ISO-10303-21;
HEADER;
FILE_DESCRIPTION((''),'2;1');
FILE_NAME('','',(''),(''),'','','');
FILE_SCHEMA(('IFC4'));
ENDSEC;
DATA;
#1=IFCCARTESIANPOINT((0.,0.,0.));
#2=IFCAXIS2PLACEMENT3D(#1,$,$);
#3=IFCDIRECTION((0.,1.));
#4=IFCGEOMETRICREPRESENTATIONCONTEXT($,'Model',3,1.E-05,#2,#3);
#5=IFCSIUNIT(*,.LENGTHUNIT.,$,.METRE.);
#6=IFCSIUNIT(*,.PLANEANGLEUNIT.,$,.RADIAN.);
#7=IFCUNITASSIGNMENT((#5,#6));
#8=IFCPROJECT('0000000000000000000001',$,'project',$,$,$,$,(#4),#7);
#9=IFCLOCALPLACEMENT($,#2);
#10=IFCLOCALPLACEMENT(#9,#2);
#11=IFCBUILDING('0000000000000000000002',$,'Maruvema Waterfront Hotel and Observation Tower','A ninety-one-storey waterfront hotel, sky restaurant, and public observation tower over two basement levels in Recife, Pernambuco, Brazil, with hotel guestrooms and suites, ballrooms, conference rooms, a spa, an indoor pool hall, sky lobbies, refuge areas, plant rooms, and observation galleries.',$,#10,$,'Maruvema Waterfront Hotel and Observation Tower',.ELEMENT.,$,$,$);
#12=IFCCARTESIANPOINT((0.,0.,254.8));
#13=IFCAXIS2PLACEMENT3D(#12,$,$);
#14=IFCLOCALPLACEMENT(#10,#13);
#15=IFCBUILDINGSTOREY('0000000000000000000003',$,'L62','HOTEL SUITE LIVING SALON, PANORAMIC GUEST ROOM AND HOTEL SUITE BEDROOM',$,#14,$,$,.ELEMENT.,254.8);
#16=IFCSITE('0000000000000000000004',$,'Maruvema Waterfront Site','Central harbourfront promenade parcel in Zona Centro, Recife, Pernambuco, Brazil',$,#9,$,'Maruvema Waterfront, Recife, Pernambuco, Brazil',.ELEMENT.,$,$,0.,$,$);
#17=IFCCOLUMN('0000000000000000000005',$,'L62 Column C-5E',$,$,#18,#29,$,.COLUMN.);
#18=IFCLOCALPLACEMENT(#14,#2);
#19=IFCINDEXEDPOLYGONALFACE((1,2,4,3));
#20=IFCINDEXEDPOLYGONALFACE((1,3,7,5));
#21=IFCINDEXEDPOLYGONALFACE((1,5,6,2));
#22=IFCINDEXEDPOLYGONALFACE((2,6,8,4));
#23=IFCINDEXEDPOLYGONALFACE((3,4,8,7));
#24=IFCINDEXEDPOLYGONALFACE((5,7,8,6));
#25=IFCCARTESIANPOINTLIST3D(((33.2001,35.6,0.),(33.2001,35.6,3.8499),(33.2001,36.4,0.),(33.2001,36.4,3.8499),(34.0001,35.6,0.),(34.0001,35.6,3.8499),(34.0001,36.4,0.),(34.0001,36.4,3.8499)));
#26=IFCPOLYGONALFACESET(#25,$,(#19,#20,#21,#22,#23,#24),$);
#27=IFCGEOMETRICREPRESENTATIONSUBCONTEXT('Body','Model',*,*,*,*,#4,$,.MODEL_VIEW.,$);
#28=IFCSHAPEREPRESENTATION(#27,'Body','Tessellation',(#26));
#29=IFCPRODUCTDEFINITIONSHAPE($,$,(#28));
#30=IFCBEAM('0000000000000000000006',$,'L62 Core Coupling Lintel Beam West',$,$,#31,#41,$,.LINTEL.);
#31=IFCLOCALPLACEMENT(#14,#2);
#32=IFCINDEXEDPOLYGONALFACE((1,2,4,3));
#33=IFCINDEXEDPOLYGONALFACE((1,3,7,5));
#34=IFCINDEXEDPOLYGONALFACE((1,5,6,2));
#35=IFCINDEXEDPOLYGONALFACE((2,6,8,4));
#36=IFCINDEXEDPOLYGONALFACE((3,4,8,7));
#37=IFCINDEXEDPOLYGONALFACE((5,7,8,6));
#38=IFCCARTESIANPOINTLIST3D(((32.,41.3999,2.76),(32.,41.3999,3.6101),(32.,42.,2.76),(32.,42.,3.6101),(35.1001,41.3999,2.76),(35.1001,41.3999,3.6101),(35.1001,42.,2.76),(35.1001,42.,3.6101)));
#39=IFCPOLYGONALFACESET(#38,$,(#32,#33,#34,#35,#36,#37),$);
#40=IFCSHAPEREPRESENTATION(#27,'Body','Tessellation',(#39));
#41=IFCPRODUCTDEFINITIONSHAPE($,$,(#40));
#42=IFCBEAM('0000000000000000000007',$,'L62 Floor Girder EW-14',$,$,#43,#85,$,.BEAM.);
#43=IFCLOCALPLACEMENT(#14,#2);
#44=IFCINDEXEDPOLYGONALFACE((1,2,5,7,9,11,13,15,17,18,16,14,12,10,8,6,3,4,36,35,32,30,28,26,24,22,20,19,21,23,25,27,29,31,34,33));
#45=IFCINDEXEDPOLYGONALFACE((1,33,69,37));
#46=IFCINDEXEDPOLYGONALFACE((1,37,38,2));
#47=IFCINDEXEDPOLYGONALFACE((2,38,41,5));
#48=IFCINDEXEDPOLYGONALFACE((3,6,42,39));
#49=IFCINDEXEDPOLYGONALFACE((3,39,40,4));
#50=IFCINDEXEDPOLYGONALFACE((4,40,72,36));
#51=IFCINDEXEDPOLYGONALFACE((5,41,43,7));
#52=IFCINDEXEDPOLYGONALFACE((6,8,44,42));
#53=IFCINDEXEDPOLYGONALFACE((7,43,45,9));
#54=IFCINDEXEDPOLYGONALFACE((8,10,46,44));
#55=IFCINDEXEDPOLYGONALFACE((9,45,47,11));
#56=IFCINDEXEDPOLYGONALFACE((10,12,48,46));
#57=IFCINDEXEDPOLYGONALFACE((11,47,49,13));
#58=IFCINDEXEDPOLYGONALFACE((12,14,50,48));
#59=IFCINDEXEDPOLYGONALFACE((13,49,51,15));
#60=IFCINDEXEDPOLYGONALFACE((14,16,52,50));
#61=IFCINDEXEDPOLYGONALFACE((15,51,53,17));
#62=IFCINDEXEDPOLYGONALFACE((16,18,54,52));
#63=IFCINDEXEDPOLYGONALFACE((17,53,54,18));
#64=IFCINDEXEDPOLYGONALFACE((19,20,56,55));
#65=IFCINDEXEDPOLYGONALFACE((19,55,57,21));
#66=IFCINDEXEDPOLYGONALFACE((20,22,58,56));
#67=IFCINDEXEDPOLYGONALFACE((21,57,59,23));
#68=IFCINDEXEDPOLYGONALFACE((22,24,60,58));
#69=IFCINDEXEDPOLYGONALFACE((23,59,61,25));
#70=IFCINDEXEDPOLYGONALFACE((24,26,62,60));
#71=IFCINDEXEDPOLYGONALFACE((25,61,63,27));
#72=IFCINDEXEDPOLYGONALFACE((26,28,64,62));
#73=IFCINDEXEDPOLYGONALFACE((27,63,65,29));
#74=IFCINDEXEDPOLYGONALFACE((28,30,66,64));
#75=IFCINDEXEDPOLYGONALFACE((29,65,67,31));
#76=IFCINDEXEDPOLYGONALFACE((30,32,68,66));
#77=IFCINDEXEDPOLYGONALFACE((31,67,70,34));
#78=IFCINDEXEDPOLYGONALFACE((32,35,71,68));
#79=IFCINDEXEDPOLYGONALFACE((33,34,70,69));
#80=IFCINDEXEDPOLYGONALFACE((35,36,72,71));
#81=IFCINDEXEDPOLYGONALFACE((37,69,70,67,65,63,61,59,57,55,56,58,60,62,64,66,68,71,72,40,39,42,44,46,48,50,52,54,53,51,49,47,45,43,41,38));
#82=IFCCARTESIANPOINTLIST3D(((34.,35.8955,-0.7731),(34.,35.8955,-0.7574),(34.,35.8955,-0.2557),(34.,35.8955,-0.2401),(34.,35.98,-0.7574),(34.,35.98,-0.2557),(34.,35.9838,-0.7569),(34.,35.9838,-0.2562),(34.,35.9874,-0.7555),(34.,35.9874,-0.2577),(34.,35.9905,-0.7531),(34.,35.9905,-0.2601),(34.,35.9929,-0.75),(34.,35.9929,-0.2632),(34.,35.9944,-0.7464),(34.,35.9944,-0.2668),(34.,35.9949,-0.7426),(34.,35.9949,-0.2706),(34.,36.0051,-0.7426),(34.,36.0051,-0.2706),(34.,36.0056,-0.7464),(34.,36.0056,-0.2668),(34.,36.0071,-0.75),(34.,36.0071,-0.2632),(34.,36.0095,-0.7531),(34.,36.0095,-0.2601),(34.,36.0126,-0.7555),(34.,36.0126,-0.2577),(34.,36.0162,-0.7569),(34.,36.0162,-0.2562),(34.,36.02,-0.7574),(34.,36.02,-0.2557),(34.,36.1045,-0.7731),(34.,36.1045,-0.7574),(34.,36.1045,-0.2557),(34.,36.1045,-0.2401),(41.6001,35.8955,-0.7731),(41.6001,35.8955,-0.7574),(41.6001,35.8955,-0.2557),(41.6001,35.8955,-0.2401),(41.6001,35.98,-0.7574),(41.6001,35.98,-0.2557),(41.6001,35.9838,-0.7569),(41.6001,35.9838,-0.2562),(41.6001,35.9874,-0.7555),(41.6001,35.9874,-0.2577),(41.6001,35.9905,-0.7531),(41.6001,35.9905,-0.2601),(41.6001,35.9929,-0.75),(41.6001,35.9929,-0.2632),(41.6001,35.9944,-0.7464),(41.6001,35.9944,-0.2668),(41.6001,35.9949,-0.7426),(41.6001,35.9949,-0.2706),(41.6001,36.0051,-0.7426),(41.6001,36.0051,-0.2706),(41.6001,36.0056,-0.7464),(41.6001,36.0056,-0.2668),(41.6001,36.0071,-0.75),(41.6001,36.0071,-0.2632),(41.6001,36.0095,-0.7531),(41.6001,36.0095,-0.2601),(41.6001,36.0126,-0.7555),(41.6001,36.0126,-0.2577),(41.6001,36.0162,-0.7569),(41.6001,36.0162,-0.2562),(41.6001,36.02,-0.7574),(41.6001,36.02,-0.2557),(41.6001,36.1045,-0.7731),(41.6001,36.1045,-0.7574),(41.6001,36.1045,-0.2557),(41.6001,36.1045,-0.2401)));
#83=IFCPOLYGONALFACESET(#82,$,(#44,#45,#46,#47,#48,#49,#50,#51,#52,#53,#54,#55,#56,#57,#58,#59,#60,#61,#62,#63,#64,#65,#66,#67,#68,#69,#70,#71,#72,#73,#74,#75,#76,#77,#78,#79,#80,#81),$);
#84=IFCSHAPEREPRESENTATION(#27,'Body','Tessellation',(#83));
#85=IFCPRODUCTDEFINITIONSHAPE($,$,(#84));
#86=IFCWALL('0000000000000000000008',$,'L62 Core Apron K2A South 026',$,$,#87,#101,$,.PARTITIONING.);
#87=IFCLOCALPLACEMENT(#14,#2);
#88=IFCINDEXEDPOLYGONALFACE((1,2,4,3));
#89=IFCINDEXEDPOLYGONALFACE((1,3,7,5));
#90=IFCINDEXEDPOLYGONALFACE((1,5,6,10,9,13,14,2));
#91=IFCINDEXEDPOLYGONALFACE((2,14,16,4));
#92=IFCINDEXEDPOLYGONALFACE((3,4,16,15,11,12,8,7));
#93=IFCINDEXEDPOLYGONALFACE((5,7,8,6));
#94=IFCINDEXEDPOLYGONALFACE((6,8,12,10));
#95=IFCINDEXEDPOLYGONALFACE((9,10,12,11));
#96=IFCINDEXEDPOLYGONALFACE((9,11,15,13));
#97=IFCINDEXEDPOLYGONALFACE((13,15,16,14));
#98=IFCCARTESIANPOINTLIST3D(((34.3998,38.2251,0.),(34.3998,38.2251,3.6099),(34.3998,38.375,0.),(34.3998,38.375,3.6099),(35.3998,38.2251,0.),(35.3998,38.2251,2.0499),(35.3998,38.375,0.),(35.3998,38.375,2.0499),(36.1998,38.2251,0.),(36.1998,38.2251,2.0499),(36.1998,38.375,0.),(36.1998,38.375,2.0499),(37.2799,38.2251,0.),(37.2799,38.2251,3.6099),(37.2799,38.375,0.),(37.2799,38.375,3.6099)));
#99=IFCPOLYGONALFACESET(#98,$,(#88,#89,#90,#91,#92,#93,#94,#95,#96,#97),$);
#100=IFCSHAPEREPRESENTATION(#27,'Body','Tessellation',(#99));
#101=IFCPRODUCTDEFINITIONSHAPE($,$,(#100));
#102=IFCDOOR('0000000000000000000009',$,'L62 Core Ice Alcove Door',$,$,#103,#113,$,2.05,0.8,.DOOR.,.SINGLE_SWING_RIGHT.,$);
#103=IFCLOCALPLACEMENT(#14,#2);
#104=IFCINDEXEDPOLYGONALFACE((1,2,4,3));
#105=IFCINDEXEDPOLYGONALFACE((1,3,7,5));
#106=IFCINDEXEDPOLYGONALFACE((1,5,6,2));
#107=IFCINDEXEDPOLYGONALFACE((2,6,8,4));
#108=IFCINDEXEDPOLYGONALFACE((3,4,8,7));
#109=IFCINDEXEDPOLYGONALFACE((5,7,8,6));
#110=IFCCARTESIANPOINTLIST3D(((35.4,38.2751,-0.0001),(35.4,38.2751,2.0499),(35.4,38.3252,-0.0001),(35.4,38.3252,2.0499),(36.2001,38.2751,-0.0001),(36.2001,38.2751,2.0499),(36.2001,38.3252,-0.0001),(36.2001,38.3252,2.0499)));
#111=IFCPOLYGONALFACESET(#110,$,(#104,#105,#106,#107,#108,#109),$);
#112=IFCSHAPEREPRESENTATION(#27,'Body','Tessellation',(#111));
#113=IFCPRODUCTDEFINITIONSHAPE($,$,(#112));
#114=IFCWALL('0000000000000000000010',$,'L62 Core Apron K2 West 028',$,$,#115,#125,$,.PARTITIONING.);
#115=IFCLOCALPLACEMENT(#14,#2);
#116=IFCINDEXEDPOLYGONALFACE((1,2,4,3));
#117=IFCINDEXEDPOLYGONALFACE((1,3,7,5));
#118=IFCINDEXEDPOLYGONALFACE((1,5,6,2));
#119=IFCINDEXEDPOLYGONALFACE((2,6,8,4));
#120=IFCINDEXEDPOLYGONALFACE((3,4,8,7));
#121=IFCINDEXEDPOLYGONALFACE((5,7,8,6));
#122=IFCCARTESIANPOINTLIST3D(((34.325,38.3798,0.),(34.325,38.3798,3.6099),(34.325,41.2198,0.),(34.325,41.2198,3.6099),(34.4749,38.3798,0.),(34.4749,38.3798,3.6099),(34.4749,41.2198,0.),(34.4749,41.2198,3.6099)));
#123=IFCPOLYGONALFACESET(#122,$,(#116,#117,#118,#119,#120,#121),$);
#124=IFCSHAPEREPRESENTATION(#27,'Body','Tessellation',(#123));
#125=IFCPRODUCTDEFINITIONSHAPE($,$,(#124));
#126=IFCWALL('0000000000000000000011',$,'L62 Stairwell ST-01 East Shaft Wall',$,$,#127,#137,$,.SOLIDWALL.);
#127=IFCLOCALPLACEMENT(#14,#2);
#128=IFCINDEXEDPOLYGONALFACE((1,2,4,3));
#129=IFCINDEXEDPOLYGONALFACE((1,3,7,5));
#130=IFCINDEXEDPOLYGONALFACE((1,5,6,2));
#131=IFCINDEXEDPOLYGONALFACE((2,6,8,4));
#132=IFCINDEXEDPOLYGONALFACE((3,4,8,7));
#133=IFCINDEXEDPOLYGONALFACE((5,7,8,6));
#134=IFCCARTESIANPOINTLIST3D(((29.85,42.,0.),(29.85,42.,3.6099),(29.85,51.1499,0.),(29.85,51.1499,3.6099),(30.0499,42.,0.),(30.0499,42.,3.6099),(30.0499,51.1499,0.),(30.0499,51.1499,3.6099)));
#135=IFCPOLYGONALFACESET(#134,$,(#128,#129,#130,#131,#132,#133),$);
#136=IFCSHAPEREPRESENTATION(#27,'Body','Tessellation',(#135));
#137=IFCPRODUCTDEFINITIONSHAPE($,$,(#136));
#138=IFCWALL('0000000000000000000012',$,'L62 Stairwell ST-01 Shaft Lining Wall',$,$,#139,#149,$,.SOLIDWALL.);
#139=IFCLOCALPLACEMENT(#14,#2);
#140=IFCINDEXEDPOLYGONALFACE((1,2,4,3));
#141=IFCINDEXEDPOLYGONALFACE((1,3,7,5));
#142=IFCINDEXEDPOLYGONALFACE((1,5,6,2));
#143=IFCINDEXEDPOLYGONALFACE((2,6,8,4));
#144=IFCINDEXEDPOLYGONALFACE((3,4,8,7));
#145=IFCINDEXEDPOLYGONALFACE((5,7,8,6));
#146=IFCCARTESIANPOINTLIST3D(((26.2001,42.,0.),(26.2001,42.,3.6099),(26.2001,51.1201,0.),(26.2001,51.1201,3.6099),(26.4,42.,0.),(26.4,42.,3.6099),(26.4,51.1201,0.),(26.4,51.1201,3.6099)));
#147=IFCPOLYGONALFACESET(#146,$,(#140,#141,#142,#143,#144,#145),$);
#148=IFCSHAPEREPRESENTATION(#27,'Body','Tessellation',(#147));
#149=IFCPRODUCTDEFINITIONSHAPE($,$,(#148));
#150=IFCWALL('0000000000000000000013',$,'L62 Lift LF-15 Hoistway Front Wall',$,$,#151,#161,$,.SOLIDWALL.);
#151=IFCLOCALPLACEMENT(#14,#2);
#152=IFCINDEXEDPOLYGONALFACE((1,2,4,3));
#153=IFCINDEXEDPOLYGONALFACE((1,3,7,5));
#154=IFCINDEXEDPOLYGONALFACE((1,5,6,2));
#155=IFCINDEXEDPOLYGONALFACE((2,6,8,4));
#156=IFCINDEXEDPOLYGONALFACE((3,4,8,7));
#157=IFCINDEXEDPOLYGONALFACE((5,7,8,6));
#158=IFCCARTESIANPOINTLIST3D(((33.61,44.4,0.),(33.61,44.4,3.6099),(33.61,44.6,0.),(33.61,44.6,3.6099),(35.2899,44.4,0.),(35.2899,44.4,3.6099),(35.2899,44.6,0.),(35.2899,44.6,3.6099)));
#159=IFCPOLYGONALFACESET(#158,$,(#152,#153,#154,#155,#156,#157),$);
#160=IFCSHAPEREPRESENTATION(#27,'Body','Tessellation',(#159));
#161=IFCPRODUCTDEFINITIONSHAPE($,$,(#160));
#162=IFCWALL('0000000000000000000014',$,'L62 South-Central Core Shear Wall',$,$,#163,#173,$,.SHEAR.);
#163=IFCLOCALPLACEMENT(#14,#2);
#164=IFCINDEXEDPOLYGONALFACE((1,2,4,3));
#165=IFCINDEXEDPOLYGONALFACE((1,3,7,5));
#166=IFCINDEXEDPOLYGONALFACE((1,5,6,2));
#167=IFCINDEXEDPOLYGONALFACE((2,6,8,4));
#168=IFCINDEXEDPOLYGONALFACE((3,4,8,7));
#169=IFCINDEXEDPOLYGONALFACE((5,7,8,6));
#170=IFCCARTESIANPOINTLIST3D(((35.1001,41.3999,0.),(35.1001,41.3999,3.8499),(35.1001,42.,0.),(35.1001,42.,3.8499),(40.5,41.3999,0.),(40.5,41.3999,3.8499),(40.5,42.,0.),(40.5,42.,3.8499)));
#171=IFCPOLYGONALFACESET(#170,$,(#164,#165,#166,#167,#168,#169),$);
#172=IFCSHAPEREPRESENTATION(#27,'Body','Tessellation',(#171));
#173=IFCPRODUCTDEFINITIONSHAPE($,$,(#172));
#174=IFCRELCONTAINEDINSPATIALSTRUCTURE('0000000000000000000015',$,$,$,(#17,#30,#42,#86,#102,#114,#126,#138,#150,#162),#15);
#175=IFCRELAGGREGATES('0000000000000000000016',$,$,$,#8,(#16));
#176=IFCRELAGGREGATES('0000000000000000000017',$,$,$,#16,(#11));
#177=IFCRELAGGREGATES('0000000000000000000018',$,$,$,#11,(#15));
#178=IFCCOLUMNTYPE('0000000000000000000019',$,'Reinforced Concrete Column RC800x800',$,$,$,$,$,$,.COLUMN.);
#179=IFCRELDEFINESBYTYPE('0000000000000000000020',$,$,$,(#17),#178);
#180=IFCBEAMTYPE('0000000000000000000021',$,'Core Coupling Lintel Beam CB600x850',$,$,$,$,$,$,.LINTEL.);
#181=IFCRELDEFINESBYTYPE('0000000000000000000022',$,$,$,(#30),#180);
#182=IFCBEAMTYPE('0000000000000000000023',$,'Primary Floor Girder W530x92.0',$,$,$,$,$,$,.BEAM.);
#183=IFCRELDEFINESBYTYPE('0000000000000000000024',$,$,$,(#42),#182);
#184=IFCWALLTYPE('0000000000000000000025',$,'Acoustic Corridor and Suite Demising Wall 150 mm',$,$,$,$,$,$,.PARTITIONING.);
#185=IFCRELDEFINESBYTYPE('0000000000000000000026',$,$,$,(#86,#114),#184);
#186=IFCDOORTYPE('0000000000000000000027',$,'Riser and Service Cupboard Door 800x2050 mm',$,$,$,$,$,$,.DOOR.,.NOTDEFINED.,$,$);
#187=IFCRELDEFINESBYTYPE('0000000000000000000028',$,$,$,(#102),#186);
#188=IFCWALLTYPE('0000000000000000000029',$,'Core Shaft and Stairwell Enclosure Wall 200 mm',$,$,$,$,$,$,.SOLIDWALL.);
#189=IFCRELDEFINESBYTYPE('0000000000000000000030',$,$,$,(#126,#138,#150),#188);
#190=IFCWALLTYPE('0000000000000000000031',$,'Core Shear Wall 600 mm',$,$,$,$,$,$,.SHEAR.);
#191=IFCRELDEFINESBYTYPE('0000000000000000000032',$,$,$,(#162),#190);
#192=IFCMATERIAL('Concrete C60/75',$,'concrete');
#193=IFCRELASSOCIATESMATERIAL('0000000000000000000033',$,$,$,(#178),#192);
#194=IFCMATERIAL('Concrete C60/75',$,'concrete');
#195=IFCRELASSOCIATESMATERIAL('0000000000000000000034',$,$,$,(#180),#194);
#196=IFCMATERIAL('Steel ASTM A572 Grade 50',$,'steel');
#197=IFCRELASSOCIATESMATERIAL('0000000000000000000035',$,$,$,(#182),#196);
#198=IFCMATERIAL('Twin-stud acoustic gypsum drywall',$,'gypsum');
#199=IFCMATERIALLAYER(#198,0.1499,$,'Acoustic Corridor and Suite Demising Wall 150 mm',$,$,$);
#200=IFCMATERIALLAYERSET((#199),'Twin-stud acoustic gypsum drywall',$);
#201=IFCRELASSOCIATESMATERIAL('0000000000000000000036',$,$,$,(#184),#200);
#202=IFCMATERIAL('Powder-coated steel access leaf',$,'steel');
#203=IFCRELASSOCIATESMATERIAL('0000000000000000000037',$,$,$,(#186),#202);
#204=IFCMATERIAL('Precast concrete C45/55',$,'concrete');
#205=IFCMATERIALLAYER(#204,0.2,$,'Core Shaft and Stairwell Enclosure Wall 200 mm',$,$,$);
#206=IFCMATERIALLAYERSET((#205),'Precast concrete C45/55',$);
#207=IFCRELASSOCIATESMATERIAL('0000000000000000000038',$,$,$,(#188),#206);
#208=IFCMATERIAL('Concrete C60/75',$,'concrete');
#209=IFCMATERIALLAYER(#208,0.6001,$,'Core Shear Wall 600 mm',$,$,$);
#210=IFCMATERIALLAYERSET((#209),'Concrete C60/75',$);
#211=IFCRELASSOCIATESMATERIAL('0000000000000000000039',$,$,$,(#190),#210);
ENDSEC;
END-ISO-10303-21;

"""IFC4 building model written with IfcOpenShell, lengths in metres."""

from ifc_helpers import new_model, si_unit, direction, frame, frame_2d, origin, origin_2d, place, context, subcontext, project, spatial, rectangle, i_section, extrude, material, layer, layer_set, material_profile, profile_set, type_object, element, fill, save


model = new_model("IFC4")

# Units and contexts
model_context = context("Model", 3, precision=1e-05, world=origin(), true_north=direction((0.0, 1.0)))
body_context = subcontext(model_context, "Body", "Model", "MODEL_VIEW")
ifc_project = project(units=[si_unit("LENGTHUNIT", "METRE"), si_unit("PLANEANGLEUNIT", "RADIAN")], contexts=[model_context])

# Site, building, storey
site_placement = place(None, origin())
site = spatial("IfcSite", under=ifc_project, at=site_placement, Name="Maruvema Waterfront Site", Description="Central harbourfront promenade parcel in Zona Centro, Recife, Pernambuco, Brazil", LongName="Maruvema Waterfront, Recife, Pernambuco, Brazil", CompositionType="ELEMENT", RefElevation=0.0)
building_placement = place(site_placement, origin())
building = spatial("IfcBuilding", under=site, at=building_placement, Name="Maruvema Waterfront Hotel and Observation Tower", Description="A ninety-one-storey waterfront hotel, sky restaurant, and public observation tower over two basement levels in Recife, Pernambuco, Brazil, with hotel guestrooms and suites, ballrooms, conference rooms, a spa, an indoor pool hall, sky lobbies, refuge areas, plant rooms, and observation galleries.", LongName="Maruvema Waterfront Hotel and Observation Tower", CompositionType="ELEMENT")
storey_placement = place(building_placement, frame((0.0, 0.0, 254.8)))
storey = spatial("IfcBuildingStorey", under=building, at=storey_placement, Name="L62", Description="HOTEL SUITE LIVING SALON, PANORAMIC GUEST ROOM AND HOTEL SUITE BEDROOM", CompositionType="ELEMENT", Elevation=254.8)

# Column
ifc_material_1 = material(Name="Concrete C60/75", Category="concrete")
ifc_material_profile_1 = material_profile(ifc_material_1, rectangle(XDim=0.8, YDim=0.8, at=origin_2d()), Name="RC800x800")
ifc_profile_set_1 = profile_set([ifc_material_profile_1], Name="Concrete C60/75")
column_type = type_object("IfcColumnType", Name="Reinforced Concrete Column RC800x800", PredefinedType="COLUMN", material=ifc_profile_set_1)
column_placement = place(storey_placement, frame((33.6001, 36.0, 0.0), z_axis=(0.0, 0.0, 1.0), x_axis=(1.0, 0.0, 0.0)))
element("IfcColumn", 1, at=column_placement, inside=storey, type_object=column_type, Name="L62 Column C-5E", PredefinedType="COLUMN", context=body_context, shape_type="SweptSolid", body=[
    extrude(rectangle(XDim=0.8, YDim=0.8, at=origin_2d()), origin(), (0.0, 0.0, 1.0), 3.8499),
])

# Beams
ifc_material_2 = material(Name="Concrete C60/75", Category="concrete")
ifc_material_profile_2 = material_profile(ifc_material_2, rectangle(XDim=0.6001, YDim=0.8501, at=origin_2d()), Name="CB600x850")
ifc_profile_set_2 = profile_set([ifc_material_profile_2], Name="Concrete C60/75")
beam_type_1 = type_object("IfcBeamType", Name="Core Coupling Lintel Beam CB600x850", PredefinedType="LINTEL", material=ifc_profile_set_2)
beam_1_placement = place(storey_placement, frame((32.0, 41.7, 3.1851), z_axis=(1.0, 0.0, 0.0), x_axis=(0.0, 1.0, 0.0)))
element("IfcBeam", 2, at=beam_1_placement, inside=storey, type_object=beam_type_1, Name="L62 Core Coupling Lintel Beam West", PredefinedType="LINTEL", context=body_context, shape_type="SweptSolid", body=[
    extrude(rectangle(XDim=0.6001, YDim=0.8501, at=origin_2d()), origin(), (0.0, 0.0, 1.0), 3.1001),
])
ifc_material_3 = material(Name="Steel ASTM A572 Grade 50", Category="steel")
ifc_material_profile_3 = material_profile(ifc_material_3, i_section(OverallWidth=0.209, OverallDepth=0.533, WebThickness=0.0103, FlangeThickness=0.0156, FilletRadius=0.0149, at=origin_2d()), Name="W530x92.0")
ifc_profile_set_3 = profile_set([ifc_material_profile_3], Name="Steel ASTM A572 Grade 50")
beam_type_2 = type_object("IfcBeamType", Name="Primary Floor Girder W530x92.0", PredefinedType="BEAM", material=ifc_profile_set_3)
beam_2_placement = place(storey_placement, frame((34.0, 36.0, -0.5066), z_axis=(1.0, 0.0, 0.0), x_axis=(0.0, 1.0, 0.0)))
element("IfcBeam", 3, at=beam_2_placement, inside=storey, type_object=beam_type_2, Name="L62 Floor Girder EW-14", PredefinedType="BEAM", context=body_context, shape_type="SweptSolid", body=[
    extrude(i_section(OverallWidth=0.209, OverallDepth=0.533, WebThickness=0.0103, FlangeThickness=0.0156, FilletRadius=0.0149, at=origin_2d()), origin(), (0.0, 0.0, 1.0), 7.6001),
])

# Wall, opening, door
ifc_material_4 = material(Name="Twin-stud acoustic gypsum drywall", Category="gypsum")
ifc_layer_1 = layer(ifc_material_4, 0.1499, Name="Acoustic Corridor and Suite Demising Wall 150 mm")
ifc_layer_set_1 = layer_set([ifc_layer_1], Name="Twin-stud acoustic gypsum drywall")
wall_type_1 = type_object("IfcWallType", Name="Acoustic Corridor and Suite Demising Wall 150 mm", PredefinedType="PARTITIONING", material=ifc_layer_set_1)
wall_1_placement = place(storey_placement, frame((34.3999, 38.3, 0.0), z_axis=(0.0, 0.0, 1.0), x_axis=(1.0, 0.0, 0.0)))
wall_1 = element("IfcWall", 4, at=wall_1_placement, inside=storey, type_object=wall_type_1, Name="L62 Core Apron K2A South 026", PredefinedType="PARTITIONING", context=body_context, shape_type="SweptSolid", body=[
    extrude(rectangle(XDim=2.8801, YDim=0.1499, at=frame_2d((1.4399, 0.0))), origin(), (0.0, 0.0, 1.0), 3.6099),
])
opening_1_placement = place(wall_1_placement, frame((1.0, 0.0, 0.0)))
opening_1 = element("IfcOpeningElement", 5, at=opening_1_placement, cuts=wall_1, PredefinedType="OPENING", context=body_context, shape_type="SweptSolid", body=[
    extrude(rectangle(XDim=0.8, YDim=2.05, at=frame_2d((0.3999, 1.0249))), frame((0.0, 0.085, 0.0), z_axis=(0.0, -1.0, 0.0), x_axis=(1.0, 0.0, 0.0)), (0.0, 0.0, 1.0), 0.1699),
])
ifc_material_5 = material(Name="Powder-coated steel access leaf", Category="steel")
door_type_1 = type_object("IfcDoorType", Name="Riser and Service Cupboard Door 800x2050 mm", OperationType="NOTDEFINED", PredefinedType="DOOR", material=ifc_material_5)
door_1_placement = place(opening_1_placement, frame((0.8, 0.0, 0.0), z_axis=(0.0, 0.0, 1.0), x_axis=(-1.0, 0.0, 0.0)))
door_1 = element("IfcDoor", 6, at=door_1_placement, inside=storey, type_object=door_type_1, Name="L62 Core Ice Alcove Door", OperationType="SINGLE_SWING_RIGHT", OverallHeight=2.05, OverallWidth=0.8, PredefinedType="DOOR", context=body_context, shape_type="SweptSolid", body=[
    extrude(rectangle(XDim=0.8, YDim=2.05, at=frame_2d((0.3999, 1.0249))), frame((0.0, 0.0249, 0.0), z_axis=(0.0, -1.0, 0.0), x_axis=(1.0, 0.0, 0.0)), (0.0, 0.0, 1.0), 0.05),
])
fill(opening_1, door_1)

# Walls
wall_2_placement = place(storey_placement, frame((34.3999, 38.3799, 0.0), z_axis=(0.0, 0.0, 1.0), x_axis=(0.0, 1.0, 0.0)))
element("IfcWall", 7, at=wall_2_placement, inside=storey, type_object=wall_type_1, Name="L62 Core Apron K2 West 028", PredefinedType="PARTITIONING", context=body_context, shape_type="SweptSolid", body=[
    extrude(rectangle(XDim=2.8401, YDim=0.1499, at=frame_2d((1.4199, 0.0))), origin(), (0.0, 0.0, 1.0), 3.6099),
])
ifc_material_6 = material(Name="Precast concrete C45/55", Category="concrete")
ifc_layer_2 = layer(ifc_material_6, 0.2, Name="Core Shaft and Stairwell Enclosure Wall 200 mm")
ifc_layer_set_2 = layer_set([ifc_layer_2], Name="Precast concrete C45/55")
wall_type_2 = type_object("IfcWallType", Name="Core Shaft and Stairwell Enclosure Wall 200 mm", PredefinedType="SOLIDWALL", material=ifc_layer_set_2)
wall_3_placement = place(storey_placement, frame((29.95, 42.0, 0.0), z_axis=(0.0, 0.0, 1.0), x_axis=(0.0, 1.0, 0.0)))
element("IfcWall", 8, at=wall_3_placement, inside=storey, type_object=wall_type_2, Name="L62 Stairwell ST-01 East Shaft Wall", PredefinedType="SOLIDWALL", context=body_context, shape_type="SweptSolid", body=[
    extrude(rectangle(XDim=9.1499, YDim=0.2, at=frame_2d((4.575, 0.0))), origin(), (0.0, 0.0, 1.0), 3.6099),
])
wall_4_placement = place(storey_placement, frame((26.3, 42.0, 0.0), z_axis=(0.0, 0.0, 1.0), x_axis=(0.0, 1.0, 0.0)))
element("IfcWall", 9, at=wall_4_placement, inside=storey, type_object=wall_type_2, Name="L62 Stairwell ST-01 Shaft Lining Wall", PredefinedType="SOLIDWALL", context=body_context, shape_type="SweptSolid", body=[
    extrude(rectangle(XDim=9.1201, YDim=0.2, at=frame_2d((4.5601, 0.0))), origin(), (0.0, 0.0, 1.0), 3.6099),
])
wall_5_placement = place(storey_placement, frame((33.6101, 44.5, 0.0), z_axis=(0.0, 0.0, 1.0), x_axis=(1.0, 0.0, 0.0)))
element("IfcWall", 10, at=wall_5_placement, inside=storey, type_object=wall_type_2, Name="L62 Lift LF-15 Hoistway Front Wall", PredefinedType="SOLIDWALL", context=body_context, shape_type="SweptSolid", body=[
    extrude(rectangle(XDim=1.6799, YDim=0.2, at=frame_2d((0.8398, 0.0))), origin(), (0.0, 0.0, 1.0), 3.6099),
])
ifc_material_7 = material(Name="Concrete C60/75", Category="concrete")
ifc_layer_3 = layer(ifc_material_7, 0.6001, Name="Core Shear Wall 600 mm")
ifc_layer_set_3 = layer_set([ifc_layer_3], Name="Concrete C60/75")
wall_type_3 = type_object("IfcWallType", Name="Core Shear Wall 600 mm", PredefinedType="SHEAR", material=ifc_layer_set_3)
wall_6_placement = place(storey_placement, frame((35.1001, 41.7, 0.0), z_axis=(0.0, 0.0, 1.0), x_axis=(1.0, 0.0, 0.0)))
element("IfcWall", 11, at=wall_6_placement, inside=storey, type_object=wall_type_3, Name="L62 South-Central Core Shear Wall", PredefinedType="SHEAR", context=body_context, shape_type="SweptSolid", body=[
    extrude(rectangle(XDim=5.3999, YDim=0.6001, at=frame_2d((2.7, 0.0))), origin(), (0.0, 0.0, 1.0), 3.8499),
])

save(model, "model.ifc")
